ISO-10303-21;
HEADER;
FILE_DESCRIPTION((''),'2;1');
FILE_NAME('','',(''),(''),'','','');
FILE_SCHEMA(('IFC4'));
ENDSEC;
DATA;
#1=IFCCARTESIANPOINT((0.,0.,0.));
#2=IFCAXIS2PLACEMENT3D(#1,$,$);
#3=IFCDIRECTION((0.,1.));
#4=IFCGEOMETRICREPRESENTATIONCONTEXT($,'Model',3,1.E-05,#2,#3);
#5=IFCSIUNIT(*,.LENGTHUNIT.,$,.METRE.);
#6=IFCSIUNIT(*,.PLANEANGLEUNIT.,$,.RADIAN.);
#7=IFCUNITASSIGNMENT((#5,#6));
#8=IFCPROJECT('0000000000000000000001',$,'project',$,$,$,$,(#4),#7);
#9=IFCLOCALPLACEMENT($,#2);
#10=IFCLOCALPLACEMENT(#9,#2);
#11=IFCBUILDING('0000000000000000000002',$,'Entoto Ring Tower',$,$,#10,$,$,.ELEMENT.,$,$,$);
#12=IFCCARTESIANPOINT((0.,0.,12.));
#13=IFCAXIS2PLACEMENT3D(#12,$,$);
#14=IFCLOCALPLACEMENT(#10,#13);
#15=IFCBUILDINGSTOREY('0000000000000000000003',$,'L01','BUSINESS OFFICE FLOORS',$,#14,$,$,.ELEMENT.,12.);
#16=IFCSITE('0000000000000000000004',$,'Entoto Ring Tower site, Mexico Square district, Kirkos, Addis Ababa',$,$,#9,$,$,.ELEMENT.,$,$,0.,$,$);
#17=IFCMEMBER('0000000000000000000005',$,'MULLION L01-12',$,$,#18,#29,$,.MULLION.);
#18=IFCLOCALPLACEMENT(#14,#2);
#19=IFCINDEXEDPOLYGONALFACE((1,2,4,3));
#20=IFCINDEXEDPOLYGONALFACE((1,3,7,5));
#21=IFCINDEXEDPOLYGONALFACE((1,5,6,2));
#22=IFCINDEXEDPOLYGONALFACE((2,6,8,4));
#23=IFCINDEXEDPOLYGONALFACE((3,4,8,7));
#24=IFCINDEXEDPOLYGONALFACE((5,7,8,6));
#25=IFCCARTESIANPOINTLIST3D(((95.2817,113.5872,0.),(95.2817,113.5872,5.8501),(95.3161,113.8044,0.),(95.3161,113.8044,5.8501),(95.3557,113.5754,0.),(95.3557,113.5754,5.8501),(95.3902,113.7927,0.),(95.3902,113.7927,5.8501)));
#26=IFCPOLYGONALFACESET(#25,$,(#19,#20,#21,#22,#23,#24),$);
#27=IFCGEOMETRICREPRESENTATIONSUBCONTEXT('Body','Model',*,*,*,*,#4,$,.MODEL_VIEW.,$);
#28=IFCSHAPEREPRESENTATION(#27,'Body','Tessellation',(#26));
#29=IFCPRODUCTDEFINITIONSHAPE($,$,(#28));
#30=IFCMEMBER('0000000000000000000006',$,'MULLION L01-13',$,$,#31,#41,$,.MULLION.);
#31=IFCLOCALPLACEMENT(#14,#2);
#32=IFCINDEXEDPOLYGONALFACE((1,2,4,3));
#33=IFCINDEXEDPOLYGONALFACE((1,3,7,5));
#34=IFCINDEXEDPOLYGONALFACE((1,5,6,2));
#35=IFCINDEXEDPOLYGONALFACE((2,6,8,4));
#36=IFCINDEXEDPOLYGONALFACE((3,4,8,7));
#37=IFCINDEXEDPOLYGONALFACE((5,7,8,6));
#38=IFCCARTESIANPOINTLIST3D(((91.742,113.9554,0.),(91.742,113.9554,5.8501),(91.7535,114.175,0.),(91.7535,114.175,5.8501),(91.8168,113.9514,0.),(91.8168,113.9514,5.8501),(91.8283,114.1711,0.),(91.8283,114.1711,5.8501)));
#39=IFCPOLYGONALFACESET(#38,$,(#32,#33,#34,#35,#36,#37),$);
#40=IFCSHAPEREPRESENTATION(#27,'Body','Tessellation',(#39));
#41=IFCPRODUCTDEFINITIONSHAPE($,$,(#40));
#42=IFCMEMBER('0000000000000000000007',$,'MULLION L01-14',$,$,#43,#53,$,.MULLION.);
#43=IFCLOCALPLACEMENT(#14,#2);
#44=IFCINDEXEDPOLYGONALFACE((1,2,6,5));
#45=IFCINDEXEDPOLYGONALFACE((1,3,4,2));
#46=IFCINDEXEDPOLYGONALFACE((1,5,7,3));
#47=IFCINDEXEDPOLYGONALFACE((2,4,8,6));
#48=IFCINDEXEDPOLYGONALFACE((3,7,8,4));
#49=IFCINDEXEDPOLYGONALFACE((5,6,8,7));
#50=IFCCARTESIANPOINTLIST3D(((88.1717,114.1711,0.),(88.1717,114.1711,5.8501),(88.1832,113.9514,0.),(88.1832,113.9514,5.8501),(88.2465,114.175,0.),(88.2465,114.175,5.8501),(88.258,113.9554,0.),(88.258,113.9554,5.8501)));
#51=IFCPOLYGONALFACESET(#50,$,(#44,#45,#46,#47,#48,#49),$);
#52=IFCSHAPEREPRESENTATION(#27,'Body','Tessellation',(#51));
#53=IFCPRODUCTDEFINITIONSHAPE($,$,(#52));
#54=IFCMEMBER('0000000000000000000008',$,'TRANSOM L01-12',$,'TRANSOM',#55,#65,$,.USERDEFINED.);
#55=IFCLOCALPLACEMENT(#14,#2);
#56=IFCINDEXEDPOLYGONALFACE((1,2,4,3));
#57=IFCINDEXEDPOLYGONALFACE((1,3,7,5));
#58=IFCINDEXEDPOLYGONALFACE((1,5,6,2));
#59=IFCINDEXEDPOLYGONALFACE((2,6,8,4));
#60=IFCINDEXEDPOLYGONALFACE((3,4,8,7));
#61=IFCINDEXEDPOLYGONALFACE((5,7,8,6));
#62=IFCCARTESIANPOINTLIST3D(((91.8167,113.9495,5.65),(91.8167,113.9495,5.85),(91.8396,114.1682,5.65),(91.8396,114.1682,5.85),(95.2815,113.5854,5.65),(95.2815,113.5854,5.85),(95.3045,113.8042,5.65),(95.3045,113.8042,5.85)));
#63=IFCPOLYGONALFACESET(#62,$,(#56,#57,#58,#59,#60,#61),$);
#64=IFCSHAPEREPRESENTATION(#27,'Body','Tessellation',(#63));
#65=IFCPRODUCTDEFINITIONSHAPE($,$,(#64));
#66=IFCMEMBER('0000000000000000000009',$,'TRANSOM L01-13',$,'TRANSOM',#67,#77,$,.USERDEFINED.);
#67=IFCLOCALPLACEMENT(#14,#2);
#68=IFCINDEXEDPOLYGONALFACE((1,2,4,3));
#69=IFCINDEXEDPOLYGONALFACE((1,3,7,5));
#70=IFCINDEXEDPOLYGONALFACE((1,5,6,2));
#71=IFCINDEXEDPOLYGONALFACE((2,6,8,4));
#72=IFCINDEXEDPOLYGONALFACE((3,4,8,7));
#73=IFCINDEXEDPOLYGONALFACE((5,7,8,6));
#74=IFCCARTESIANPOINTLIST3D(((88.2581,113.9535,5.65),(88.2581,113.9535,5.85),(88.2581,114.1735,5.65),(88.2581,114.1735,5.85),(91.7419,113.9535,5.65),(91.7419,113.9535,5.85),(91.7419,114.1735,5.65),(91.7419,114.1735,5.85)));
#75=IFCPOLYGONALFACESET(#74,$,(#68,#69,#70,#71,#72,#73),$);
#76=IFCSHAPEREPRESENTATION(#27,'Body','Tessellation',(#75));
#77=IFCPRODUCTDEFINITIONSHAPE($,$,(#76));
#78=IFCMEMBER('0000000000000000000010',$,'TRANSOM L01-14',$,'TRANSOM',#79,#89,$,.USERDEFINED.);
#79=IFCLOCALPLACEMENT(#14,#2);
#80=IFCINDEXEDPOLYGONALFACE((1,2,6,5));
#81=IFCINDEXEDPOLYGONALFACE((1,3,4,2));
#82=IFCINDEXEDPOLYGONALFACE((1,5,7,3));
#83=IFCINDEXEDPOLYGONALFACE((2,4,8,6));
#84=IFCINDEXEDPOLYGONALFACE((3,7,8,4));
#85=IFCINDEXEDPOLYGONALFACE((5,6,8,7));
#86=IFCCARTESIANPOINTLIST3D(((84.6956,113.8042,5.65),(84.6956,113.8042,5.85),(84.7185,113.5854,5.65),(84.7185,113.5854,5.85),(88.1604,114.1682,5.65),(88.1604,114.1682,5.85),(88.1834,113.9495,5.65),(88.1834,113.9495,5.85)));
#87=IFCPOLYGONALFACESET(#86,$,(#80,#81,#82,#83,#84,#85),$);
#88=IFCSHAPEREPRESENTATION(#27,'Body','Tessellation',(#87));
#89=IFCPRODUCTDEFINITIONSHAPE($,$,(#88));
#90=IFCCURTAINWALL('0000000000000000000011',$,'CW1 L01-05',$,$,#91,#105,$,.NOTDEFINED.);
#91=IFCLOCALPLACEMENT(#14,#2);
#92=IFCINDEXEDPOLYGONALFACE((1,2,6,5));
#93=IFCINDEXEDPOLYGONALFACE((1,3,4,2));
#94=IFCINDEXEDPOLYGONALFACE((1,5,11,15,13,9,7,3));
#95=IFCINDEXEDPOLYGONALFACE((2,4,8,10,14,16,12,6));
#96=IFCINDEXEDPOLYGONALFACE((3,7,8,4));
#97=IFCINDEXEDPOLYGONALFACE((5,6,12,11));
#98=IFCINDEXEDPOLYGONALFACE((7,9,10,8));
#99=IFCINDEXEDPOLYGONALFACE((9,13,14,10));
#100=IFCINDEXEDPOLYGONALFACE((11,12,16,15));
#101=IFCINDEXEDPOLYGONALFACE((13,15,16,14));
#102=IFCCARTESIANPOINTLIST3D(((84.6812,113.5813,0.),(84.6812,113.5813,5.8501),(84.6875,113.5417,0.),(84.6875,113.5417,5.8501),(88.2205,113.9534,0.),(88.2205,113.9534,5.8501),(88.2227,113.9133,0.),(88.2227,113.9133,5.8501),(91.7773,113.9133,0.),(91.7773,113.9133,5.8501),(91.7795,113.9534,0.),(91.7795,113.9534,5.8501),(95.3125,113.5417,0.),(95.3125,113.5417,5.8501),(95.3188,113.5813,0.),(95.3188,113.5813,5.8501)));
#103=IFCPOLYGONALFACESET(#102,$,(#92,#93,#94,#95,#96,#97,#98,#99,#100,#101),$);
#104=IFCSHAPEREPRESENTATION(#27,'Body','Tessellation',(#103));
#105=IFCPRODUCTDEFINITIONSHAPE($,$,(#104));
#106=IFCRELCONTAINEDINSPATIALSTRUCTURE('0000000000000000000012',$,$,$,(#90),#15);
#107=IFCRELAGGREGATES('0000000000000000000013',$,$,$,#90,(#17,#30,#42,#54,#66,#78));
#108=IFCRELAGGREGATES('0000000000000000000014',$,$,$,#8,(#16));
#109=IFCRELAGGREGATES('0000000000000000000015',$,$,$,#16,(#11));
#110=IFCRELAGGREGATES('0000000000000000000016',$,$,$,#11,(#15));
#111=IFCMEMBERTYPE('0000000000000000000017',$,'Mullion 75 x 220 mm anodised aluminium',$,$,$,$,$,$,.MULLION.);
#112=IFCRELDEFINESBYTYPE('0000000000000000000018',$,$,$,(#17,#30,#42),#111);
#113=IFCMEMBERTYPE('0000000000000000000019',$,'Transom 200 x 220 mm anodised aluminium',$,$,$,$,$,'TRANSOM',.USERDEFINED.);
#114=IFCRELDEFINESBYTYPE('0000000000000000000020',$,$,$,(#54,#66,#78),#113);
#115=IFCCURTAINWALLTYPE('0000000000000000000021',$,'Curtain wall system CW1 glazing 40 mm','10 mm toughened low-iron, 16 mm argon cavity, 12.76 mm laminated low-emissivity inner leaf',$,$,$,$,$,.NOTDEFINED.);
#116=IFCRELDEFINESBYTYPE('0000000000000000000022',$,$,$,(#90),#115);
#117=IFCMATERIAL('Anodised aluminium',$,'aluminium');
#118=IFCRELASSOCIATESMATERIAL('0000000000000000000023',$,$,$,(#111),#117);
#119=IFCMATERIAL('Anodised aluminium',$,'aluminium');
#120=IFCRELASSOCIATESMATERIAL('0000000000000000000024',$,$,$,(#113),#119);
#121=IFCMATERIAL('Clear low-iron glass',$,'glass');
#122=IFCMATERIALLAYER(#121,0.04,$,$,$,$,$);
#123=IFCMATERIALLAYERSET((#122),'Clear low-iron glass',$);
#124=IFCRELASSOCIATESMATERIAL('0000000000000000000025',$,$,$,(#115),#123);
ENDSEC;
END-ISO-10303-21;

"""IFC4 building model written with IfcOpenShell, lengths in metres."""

from ifc_helpers import new_model, si_unit, direction, frame, origin, origin_2d, place, context, subcontext, project, spatial, polyline, rectangle, outline, extrude, material, layer, layer_set, material_profile, profile_set, type_object, element, aggregate, save


model = new_model("IFC4")

# Units and contexts
model_context = context("Model", 3, precision=1e-05, world=origin(), true_north=direction((0.0, 1.0)))
body_context = subcontext(model_context, "Body", "Model", "MODEL_VIEW")
ifc_project = project(units=[si_unit("LENGTHUNIT", "METRE"), si_unit("PLANEANGLEUNIT", "RADIAN")], contexts=[model_context])

# Members
ifc_material_1 = material(Name="Anodised aluminium", Category="aluminium")
ifc_material_profile_1 = material_profile(ifc_material_1, rectangle(XDim=0.075, YDim=0.22, at=origin_2d()), Name="Mullion 75 x 220 mm anodised aluminium")
ifc_profile_set_1 = profile_set([ifc_material_profile_1], Name="Anodised aluminium")
member_type_1 = type_object("IfcMemberType", Name="Mullion 75 x 220 mm anodised aluminium", PredefinedType="MULLION", material=ifc_profile_set_1)
site_placement = place(None, origin())
building_placement = place(site_placement, origin())
storey_placement = place(building_placement, frame((0.0, 0.0, 12.0)))
member_1_placement = place(storey_placement, frame((95.3359, 113.6899, 0.0), z_axis=(0.0, 0.0, 1.0), x_axis=(-0.987688, 0.156434, 0.0)))
member_1 = element("IfcMember", 1, at=member_1_placement, type_object=member_type_1, Name="MULLION L01-12", PredefinedType="MULLION", context=body_context, shape_type="SweptSolid", body=[
    extrude(rectangle(XDim=0.075, YDim=0.22, at=origin_2d()), origin(), (0.0, 0.0, 1.0), 5.8501),
])
member_2_placement = place(storey_placement, frame((91.7852, 114.0632, 0.0), z_axis=(0.0, 0.0, 1.0), x_axis=(-0.99863, 0.052336, 0.0)))
member_2 = element("IfcMember", 2, at=member_2_placement, type_object=member_type_1, Name="MULLION L01-13", PredefinedType="MULLION", context=body_context, shape_type="SweptSolid", body=[
    extrude(rectangle(XDim=0.075, YDim=0.22, at=origin_2d()), origin(), (0.0, 0.0, 1.0), 5.8501),
])
member_3_placement = place(storey_placement, frame((88.2148, 114.0632, 0.0), z_axis=(0.0, 0.0, 1.0), x_axis=(-0.99863, -0.052336, 0.0)))
member_3 = element("IfcMember", 3, at=member_3_placement, type_object=member_type_1, Name="MULLION L01-14", PredefinedType="MULLION", context=body_context, shape_type="SweptSolid", body=[
    extrude(rectangle(XDim=0.075, YDim=0.22, at=origin_2d()), origin(), (0.0, 0.0, 1.0), 5.8501),
])
ifc_material_2 = material(Name="Anodised aluminium", Category="aluminium")
ifc_material_profile_2 = material_profile(ifc_material_2, rectangle(XDim=0.22, YDim=0.2, at=origin_2d()), Name="Transom 200 x 220 mm anodised aluminium")
ifc_profile_set_2 = profile_set([ifc_material_profile_2], Name="Anodised aluminium")
member_type_2 = type_object("IfcMemberType", Name="Transom 200 x 220 mm anodised aluminium", ElementType="TRANSOM", PredefinedType="USERDEFINED", material=ifc_profile_set_2)
member_4_placement = place(storey_placement, frame((95.293, 113.6948, 5.75), z_axis=(-0.994527, 0.104484, 0.0), x_axis=(-0.104484, -0.994527, 0.0)))
member_4 = element("IfcMember", 4, at=member_4_placement, type_object=member_type_2, Name="TRANSOM L01-12", ObjectType="TRANSOM", PredefinedType="USERDEFINED", context=body_context, shape_type="SweptSolid", body=[
    extrude(rectangle(XDim=0.22, YDim=0.2, at=origin_2d()), origin(), (0.0, 0.0, 1.0), 3.4839),
])
member_5_placement = place(storey_placement, frame((91.7419, 114.0635, 5.75), z_axis=(-1.0, 0.0, 0.0), x_axis=(0.0, -1.0, 0.0)))
member_5 = element("IfcMember", 5, at=member_5_placement, type_object=member_type_2, Name="TRANSOM L01-13", ObjectType="TRANSOM", PredefinedType="USERDEFINED", context=body_context, shape_type="SweptSolid", body=[
    extrude(rectangle(XDim=0.22, YDim=0.2, at=origin_2d()), origin(), (0.0, 0.0, 1.0), 3.4839),
])
member_6_placement = place(storey_placement, frame((88.1719, 114.0588, 5.75), z_axis=(-0.994527, -0.104484, 0.0), x_axis=(0.104484, -0.994527, 0.0)))
member_6 = element("IfcMember", 6, at=member_6_placement, type_object=member_type_2, Name="TRANSOM L01-14", ObjectType="TRANSOM", PredefinedType="USERDEFINED", context=body_context, shape_type="SweptSolid", body=[
    extrude(rectangle(XDim=0.22, YDim=0.2, at=origin_2d()), origin(), (0.0, 0.0, 1.0), 3.4839),
])

# Site, building, storey
site = spatial("IfcSite", under=ifc_project, at=site_placement, Name="Entoto Ring Tower site, Mexico Square district, Kirkos, Addis Ababa", CompositionType="ELEMENT", RefElevation=0.0)
building = spatial("IfcBuilding", under=site, at=building_placement, Name="Entoto Ring Tower", CompositionType="ELEMENT")
storey = spatial("IfcBuildingStorey", under=building, at=storey_placement, Name="L01", Description="BUSINESS OFFICE FLOORS", CompositionType="ELEMENT", Elevation=12.0)

# Curtain wall
ifc_material_3 = material(Name="Clear low-iron glass", Category="glass")
ifc_layer = layer(ifc_material_3, 0.04)
ifc_layer_set = layer_set([ifc_layer], Name="Clear low-iron glass")
curtain_wall_type = type_object("IfcCurtainWallType", Name="Curtain wall system CW1 glazing 40 mm", Description="10 mm toughened low-iron, 16 mm argon cavity, 12.76 mm laminated low-emissivity inner leaf", PredefinedType="NOTDEFINED", material=ifc_layer_set)
curtain_wall_1_placement = place(storey_placement, origin())
curtain_wall_1 = element("IfcCurtainWall", 7, at=curtain_wall_1_placement, inside=storey, type_object=curtain_wall_type, Name="CW1 L01-05", PredefinedType="NOTDEFINED", context=body_context, shape_type="SweptSolid", body=[
    extrude(outline(polyline([(95.3188, 113.5813), (91.7795, 113.9534), (88.2205, 113.9534), (84.6812, 113.5813), (84.6875, 113.5417), (88.2227, 113.9133), (91.7773, 113.9133), (95.3125, 113.5417), (95.3188, 113.5813)])), origin(), (0.0, 0.0, 1.0), 5.8501),
])
aggregate(curtain_wall_1, [member_1, member_2, member_3, member_4, member_5, member_6])

save(model, "model.ifc")
